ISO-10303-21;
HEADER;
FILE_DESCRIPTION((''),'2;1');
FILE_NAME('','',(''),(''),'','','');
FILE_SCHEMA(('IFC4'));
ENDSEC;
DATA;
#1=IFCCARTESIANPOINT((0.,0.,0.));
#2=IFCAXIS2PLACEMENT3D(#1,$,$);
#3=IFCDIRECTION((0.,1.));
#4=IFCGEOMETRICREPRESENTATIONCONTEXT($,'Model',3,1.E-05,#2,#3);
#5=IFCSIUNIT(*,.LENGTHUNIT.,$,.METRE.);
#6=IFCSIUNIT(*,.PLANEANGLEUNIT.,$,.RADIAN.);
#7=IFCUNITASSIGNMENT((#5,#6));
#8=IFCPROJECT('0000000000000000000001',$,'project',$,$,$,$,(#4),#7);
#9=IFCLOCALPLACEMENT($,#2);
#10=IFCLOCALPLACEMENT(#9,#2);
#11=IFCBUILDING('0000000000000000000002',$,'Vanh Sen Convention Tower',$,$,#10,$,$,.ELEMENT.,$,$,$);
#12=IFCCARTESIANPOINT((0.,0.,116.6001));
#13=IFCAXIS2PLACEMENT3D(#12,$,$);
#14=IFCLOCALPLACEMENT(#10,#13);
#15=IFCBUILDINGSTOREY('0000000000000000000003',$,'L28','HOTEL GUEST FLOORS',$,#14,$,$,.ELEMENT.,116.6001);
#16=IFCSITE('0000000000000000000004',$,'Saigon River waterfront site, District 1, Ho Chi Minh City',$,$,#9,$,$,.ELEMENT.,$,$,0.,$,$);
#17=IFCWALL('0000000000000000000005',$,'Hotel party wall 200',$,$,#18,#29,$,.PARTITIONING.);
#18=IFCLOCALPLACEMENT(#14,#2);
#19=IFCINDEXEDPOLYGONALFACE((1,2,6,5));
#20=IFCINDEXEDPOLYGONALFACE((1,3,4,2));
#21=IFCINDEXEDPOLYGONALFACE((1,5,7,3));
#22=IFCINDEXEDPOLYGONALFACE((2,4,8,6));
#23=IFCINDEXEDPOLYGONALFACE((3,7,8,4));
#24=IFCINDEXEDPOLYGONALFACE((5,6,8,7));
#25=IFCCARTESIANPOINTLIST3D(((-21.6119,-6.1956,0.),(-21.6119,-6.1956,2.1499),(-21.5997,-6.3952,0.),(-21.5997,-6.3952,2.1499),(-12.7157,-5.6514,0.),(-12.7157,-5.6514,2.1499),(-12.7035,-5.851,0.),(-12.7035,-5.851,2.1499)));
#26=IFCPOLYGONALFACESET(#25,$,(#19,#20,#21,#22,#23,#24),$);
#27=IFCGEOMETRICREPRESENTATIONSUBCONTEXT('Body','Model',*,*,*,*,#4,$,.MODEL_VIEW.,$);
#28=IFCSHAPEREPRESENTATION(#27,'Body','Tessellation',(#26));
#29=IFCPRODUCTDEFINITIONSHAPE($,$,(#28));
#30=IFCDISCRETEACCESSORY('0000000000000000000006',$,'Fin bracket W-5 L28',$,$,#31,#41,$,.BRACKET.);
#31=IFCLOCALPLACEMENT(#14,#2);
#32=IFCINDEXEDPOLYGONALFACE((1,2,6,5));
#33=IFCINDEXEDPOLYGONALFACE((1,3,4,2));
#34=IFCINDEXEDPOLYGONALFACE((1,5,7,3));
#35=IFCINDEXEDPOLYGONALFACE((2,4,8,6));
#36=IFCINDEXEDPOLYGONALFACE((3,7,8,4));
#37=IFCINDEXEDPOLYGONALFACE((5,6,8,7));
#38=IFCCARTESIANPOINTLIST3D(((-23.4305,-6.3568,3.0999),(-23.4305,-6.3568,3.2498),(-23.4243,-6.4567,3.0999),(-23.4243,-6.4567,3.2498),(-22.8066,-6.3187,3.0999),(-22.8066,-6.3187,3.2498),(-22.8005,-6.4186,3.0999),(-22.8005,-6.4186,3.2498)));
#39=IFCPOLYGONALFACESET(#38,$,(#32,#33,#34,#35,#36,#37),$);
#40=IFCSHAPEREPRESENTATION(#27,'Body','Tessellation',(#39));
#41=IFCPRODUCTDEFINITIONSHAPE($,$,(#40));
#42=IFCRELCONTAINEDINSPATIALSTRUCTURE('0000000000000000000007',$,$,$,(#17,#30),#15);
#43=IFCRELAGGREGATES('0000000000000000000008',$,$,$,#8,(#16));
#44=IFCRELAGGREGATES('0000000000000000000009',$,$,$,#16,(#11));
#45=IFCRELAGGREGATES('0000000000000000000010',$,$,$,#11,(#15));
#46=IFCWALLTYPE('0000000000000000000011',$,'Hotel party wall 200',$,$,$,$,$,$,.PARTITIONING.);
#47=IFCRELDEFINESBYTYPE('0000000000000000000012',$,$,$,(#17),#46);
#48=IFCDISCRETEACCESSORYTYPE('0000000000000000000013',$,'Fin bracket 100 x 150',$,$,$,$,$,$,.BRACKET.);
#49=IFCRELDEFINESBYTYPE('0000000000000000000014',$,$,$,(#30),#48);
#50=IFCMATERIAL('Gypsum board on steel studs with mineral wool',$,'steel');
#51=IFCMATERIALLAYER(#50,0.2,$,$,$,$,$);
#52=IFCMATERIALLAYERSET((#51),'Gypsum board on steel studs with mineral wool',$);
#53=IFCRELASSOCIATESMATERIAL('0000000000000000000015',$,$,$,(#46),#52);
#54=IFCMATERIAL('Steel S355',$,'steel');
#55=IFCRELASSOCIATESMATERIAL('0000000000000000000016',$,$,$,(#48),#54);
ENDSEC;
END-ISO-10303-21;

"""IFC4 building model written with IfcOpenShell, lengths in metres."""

from ifc_helpers import new_model, si_unit, direction, frame, frame_2d, origin, origin_2d, place, context, subcontext, project, spatial, rectangle, extrude, material, layer, layer_set, type_object, element, save


model = new_model("IFC4")

# Units and contexts
model_context = context("Model", 3, precision=1e-05, world=origin(), true_north=direction((0.0, 1.0)))
body_context = subcontext(model_context, "Body", "Model", "MODEL_VIEW")
ifc_project = project(units=[si_unit("LENGTHUNIT", "METRE"), si_unit("PLANEANGLEUNIT", "RADIAN")], contexts=[model_context])

# Site, building, storey
site_placement = place(None, origin())
site = spatial("IfcSite", under=ifc_project, at=site_placement, Name="Saigon River waterfront site, District 1, Ho Chi Minh City", CompositionType="ELEMENT", RefElevation=0.0)
building_placement = place(site_placement, origin())
building = spatial("IfcBuilding", under=site, at=building_placement, Name="Vanh Sen Convention Tower", CompositionType="ELEMENT")
storey_placement = place(building_placement, frame((0.0, 0.0, 116.6001)))
storey = spatial("IfcBuildingStorey", under=building, at=storey_placement, Name="L28", Description="HOTEL GUEST FLOORS", CompositionType="ELEMENT", Elevation=116.6001)

# Shared definitions
ifc_material_1 = material(Name="Gypsum board on steel studs with mineral wool", Category="steel")

# Wall
ifc_layer_1 = layer(ifc_material_1, 0.2)
ifc_layer_set_1 = layer_set([ifc_layer_1], Name="Gypsum board on steel studs with mineral wool")
wall_type_1 = type_object("IfcWallType", Name="Hotel party wall 200", PredefinedType="PARTITIONING", material=ifc_layer_set_1)
wall_1_placement = place(storey_placement, frame((-21.606, -6.2954, 0.0), z_axis=(0.0, 0.0, 1.0), x_axis=(0.998134, 0.061057, 0.0)))
element("IfcWall", 1, at=wall_1_placement, inside=storey, type_object=wall_type_1, Name="Hotel party wall 200", PredefinedType="PARTITIONING", context=body_context, shape_type="SweptSolid", body=[
    extrude(rectangle(XDim=8.9128, YDim=0.2, at=frame_2d((4.4565, 0.0))), origin(), (0.0, 0.0, 1.0), 2.1499),
])

# Discrete accessory
ifc_material_2 = material(Name="Steel S355", Category="steel")
discrete_accessory_type = type_object("IfcDiscreteAccessoryType", Name="Fin bracket 100 x 150", PredefinedType="BRACKET", material=ifc_material_2)
discrete_accessory_placement = place(storey_placement, frame((-23.1155, -6.3877, 3.0999), z_axis=(0.0, 0.0, 1.0), x_axis=(-0.998135, -0.061049, 0.0)))
element("IfcDiscreteAccessory", 2, at=discrete_accessory_placement, inside=storey, type_object=discrete_accessory_type, Name="Fin bracket W-5 L28", PredefinedType="BRACKET", context=body_context, shape_type="SweptSolid", body=[
    extrude(rectangle(XDim=0.625, YDim=0.1001, at=origin_2d()), origin(), (0.0, 0.0, 1.0), 0.1499),
])

save(model, "model.ifc")
